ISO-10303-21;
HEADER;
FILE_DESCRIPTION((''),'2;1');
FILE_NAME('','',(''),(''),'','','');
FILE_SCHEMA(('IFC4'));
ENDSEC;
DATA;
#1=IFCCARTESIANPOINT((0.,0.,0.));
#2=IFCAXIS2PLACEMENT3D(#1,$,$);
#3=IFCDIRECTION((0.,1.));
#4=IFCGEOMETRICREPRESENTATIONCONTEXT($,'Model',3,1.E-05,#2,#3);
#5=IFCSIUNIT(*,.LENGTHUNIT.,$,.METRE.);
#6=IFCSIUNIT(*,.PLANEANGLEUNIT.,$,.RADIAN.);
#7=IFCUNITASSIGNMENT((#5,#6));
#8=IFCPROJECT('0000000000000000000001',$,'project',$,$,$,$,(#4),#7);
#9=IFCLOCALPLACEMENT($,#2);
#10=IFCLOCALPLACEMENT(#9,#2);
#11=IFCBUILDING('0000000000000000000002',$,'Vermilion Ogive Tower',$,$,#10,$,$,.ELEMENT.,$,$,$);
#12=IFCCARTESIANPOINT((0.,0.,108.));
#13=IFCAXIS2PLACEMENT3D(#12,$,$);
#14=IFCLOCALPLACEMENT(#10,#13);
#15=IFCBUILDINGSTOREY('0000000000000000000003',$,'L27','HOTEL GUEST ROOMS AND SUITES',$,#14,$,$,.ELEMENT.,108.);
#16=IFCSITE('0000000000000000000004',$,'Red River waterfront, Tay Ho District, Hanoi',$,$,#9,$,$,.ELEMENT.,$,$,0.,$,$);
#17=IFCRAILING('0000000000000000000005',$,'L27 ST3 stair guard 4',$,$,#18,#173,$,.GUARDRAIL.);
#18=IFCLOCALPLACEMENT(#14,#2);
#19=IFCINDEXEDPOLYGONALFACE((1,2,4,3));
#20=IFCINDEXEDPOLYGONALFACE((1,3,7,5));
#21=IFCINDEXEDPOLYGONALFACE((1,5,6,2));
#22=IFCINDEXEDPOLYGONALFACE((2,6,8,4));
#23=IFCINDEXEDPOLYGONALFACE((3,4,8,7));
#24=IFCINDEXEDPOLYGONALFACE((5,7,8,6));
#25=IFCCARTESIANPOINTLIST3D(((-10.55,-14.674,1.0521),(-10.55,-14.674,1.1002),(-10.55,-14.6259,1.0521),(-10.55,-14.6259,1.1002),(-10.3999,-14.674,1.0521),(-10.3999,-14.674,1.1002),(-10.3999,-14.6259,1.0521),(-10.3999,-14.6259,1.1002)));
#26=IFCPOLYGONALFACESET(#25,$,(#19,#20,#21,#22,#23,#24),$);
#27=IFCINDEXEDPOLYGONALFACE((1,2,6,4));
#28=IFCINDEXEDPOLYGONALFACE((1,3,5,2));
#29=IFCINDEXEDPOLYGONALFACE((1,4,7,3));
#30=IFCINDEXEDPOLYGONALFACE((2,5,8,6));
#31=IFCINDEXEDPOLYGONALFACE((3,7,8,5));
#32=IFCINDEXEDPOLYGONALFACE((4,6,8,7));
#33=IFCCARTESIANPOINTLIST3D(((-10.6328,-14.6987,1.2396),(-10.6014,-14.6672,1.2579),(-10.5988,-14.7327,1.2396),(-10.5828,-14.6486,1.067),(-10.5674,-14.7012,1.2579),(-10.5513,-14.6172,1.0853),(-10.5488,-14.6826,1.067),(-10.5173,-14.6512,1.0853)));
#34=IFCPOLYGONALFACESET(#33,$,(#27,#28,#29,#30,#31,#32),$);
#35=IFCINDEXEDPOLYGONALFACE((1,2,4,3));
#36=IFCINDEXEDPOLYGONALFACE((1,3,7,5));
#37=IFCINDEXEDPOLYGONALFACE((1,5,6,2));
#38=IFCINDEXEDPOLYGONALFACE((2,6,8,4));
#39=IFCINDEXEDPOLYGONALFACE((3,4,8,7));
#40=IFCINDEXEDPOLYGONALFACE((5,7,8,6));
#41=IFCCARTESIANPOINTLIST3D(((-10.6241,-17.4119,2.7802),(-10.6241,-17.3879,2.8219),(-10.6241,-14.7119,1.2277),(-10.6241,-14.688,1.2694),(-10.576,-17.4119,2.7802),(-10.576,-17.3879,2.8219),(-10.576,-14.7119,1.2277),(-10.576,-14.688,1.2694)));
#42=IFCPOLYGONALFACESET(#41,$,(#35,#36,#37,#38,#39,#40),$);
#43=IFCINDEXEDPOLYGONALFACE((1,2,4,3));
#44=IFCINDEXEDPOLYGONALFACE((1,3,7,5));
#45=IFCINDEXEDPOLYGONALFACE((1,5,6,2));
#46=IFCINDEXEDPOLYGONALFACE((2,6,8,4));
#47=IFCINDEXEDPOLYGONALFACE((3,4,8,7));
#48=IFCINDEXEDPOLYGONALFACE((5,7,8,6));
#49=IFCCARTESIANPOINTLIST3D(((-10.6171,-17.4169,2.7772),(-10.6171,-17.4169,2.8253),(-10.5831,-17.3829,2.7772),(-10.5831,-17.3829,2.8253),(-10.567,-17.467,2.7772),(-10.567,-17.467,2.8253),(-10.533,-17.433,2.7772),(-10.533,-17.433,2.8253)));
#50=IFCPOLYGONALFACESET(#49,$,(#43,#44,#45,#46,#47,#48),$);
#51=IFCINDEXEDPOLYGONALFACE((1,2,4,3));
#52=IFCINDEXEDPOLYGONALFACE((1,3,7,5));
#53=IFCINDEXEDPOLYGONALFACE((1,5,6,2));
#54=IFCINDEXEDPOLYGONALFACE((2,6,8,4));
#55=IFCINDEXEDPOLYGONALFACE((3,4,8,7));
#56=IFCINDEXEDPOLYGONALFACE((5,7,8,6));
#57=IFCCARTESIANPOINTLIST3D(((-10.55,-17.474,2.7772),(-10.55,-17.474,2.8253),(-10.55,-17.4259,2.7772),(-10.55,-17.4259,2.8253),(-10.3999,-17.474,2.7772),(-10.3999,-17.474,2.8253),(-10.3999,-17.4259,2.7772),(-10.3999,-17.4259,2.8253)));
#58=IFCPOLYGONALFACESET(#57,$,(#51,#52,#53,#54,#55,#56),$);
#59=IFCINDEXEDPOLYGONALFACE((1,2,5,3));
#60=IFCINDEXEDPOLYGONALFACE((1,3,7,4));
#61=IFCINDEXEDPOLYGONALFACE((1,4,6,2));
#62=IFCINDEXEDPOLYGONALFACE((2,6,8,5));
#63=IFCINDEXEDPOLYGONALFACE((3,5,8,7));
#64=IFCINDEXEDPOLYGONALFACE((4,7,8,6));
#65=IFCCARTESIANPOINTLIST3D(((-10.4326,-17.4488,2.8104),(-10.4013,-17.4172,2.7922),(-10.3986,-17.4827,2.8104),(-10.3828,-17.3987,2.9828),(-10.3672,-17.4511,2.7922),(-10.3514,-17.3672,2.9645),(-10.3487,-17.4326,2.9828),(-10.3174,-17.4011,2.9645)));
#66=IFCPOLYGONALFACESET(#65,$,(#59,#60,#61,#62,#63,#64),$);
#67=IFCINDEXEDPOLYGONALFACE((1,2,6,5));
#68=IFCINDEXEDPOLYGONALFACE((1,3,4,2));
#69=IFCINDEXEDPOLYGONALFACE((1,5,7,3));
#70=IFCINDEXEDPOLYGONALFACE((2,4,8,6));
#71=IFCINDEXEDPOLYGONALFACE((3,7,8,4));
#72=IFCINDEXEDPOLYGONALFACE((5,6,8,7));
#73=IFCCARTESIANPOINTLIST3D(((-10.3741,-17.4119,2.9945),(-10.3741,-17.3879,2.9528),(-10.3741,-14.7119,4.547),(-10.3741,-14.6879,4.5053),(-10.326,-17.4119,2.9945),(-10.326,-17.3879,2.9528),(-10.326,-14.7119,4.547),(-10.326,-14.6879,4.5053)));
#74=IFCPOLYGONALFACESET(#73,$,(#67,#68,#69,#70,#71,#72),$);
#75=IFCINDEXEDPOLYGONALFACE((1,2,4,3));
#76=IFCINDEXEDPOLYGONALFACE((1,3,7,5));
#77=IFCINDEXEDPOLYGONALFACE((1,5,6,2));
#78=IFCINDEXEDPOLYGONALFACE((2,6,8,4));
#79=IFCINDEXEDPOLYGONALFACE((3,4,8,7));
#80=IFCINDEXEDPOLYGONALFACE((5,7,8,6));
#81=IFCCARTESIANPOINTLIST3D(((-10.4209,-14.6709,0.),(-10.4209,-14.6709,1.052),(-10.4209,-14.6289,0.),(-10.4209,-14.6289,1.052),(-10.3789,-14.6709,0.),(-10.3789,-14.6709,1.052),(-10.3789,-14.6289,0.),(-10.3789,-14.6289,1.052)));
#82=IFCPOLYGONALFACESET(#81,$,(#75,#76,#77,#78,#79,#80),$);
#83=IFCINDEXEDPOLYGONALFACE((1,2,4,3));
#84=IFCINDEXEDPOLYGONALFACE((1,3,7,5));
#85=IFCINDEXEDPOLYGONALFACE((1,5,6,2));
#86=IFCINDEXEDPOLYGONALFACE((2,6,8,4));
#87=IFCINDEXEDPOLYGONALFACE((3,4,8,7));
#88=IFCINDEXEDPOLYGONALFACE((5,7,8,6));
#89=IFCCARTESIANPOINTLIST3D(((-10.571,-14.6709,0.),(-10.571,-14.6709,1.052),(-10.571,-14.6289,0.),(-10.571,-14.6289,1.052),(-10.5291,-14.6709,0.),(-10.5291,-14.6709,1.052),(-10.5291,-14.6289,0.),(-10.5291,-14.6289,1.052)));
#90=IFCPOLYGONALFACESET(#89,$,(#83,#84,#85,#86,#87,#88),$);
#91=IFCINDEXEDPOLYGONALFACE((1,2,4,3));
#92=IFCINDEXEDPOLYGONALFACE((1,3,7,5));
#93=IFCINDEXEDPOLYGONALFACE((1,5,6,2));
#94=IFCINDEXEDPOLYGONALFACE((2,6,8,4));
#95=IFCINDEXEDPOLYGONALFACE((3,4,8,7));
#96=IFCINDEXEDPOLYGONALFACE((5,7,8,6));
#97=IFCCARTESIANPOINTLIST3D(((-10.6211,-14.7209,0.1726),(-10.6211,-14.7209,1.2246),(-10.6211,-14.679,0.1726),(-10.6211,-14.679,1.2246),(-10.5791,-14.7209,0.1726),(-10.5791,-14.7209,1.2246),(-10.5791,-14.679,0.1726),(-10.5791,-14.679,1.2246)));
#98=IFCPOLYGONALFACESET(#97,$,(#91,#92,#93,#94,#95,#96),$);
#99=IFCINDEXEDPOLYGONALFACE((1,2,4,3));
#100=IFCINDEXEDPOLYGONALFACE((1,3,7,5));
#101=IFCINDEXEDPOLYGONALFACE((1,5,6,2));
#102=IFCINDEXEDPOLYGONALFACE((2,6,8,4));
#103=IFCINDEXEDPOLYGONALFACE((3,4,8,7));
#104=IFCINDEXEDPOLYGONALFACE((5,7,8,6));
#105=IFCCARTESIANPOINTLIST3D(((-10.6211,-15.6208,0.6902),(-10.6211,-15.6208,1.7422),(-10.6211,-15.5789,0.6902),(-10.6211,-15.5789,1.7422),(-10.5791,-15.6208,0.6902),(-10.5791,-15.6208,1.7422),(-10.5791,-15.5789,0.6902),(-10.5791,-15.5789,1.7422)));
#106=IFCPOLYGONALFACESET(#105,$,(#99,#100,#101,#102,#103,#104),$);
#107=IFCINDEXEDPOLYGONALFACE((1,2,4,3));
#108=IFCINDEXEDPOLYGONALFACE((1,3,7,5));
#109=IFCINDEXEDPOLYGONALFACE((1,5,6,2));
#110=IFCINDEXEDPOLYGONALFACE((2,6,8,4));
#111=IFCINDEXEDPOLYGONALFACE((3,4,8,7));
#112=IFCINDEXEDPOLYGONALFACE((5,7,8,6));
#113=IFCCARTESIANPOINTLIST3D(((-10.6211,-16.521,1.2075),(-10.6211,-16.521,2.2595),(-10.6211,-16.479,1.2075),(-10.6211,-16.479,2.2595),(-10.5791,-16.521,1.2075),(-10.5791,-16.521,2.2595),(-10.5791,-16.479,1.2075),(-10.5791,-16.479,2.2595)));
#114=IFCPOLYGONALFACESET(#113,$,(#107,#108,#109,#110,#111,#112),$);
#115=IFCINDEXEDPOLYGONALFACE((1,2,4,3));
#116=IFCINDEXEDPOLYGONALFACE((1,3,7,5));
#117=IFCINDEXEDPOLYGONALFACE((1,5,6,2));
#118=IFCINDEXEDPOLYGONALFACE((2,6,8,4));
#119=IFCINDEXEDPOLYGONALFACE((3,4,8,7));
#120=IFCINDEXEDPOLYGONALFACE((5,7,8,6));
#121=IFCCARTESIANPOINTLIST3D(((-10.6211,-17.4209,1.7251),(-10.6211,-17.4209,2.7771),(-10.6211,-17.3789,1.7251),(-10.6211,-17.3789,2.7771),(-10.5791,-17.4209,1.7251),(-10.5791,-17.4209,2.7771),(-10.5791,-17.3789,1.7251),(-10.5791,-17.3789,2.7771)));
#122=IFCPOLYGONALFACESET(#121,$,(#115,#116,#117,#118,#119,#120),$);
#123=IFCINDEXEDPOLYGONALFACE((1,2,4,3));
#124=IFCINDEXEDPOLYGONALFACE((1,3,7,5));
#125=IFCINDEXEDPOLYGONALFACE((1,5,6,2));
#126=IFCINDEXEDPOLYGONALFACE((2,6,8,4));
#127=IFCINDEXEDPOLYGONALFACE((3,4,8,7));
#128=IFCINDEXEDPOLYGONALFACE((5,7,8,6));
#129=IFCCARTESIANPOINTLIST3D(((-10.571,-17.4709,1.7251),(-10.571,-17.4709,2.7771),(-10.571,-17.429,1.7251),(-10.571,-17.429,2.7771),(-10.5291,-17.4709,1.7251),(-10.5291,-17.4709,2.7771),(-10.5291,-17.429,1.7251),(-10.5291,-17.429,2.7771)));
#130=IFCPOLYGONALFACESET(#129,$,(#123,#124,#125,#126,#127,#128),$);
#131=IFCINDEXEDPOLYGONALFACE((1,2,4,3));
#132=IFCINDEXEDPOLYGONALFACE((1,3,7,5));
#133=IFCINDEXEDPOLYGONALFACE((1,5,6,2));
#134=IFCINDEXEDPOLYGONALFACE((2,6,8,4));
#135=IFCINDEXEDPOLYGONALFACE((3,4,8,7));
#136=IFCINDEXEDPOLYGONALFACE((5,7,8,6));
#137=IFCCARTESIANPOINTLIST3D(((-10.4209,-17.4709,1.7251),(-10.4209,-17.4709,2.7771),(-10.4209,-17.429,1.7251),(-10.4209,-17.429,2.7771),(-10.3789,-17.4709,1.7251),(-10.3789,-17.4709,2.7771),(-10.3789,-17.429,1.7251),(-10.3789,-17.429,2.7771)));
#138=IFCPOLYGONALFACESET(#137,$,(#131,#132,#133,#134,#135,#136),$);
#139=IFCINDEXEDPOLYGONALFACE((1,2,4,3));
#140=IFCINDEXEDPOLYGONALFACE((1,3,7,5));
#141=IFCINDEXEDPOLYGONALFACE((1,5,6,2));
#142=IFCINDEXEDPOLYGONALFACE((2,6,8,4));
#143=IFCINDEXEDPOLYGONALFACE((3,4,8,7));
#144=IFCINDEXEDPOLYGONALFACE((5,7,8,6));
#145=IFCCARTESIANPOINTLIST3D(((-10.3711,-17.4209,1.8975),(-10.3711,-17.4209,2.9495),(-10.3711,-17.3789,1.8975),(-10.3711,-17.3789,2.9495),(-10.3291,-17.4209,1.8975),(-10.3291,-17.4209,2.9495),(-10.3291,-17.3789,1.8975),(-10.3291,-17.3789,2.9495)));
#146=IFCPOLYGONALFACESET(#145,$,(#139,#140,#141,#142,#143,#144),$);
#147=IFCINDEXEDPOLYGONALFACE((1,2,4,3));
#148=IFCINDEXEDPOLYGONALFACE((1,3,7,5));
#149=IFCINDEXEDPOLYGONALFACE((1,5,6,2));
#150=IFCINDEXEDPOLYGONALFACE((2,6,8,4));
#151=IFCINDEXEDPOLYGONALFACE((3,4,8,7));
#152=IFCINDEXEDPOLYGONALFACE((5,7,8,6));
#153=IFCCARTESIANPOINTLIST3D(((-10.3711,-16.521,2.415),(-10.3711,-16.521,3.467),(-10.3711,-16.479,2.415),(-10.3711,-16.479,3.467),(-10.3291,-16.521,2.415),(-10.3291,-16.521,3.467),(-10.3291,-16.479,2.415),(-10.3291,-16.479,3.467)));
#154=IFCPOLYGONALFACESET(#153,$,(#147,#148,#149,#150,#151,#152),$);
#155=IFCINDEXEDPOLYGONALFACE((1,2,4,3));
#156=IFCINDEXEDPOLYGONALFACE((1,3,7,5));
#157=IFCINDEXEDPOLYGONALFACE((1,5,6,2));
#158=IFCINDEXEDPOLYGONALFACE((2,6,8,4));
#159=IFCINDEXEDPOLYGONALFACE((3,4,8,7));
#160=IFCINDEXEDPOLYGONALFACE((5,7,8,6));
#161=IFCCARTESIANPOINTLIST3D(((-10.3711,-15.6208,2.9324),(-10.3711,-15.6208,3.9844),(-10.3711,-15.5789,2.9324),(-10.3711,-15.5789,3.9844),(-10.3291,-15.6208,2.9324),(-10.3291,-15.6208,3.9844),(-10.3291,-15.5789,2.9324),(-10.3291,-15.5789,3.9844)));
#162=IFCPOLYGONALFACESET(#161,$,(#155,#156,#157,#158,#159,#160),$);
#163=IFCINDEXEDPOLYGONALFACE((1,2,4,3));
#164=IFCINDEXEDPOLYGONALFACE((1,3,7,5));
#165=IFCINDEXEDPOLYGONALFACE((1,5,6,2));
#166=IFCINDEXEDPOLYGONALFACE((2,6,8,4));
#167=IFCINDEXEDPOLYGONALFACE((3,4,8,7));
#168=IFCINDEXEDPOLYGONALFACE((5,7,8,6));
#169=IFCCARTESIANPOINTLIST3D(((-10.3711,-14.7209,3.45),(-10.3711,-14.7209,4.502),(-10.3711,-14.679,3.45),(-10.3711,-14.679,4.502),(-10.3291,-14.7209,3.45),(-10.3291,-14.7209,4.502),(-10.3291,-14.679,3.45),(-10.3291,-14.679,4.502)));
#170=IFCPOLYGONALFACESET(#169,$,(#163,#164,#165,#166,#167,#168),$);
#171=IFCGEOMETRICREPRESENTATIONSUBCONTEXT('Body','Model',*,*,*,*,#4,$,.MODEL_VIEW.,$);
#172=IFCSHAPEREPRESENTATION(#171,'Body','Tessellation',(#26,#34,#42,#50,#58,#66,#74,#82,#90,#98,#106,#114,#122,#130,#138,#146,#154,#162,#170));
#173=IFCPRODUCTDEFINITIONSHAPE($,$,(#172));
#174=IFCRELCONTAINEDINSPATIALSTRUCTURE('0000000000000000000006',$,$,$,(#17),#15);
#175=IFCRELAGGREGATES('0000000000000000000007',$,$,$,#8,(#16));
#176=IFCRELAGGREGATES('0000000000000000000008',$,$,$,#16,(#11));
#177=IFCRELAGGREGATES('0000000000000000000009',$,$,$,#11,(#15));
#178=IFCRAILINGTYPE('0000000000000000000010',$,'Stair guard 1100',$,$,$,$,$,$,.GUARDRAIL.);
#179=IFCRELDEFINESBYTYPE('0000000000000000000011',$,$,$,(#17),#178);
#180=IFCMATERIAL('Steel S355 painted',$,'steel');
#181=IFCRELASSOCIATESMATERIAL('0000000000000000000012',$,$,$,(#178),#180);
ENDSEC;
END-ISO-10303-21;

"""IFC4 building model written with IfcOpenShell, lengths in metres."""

from ifc_helpers import new_model, si_unit, direction, frame, origin, origin_2d, place, context, subcontext, project, spatial, rectangle, extrude, material, type_object, element, save


model = new_model("IFC4")

# Units and contexts
model_context = context("Model", 3, precision=1e-05, world=origin(), true_north=direction((0.0, 1.0)))
body_context = subcontext(model_context, "Body", "Model", "MODEL_VIEW")
ifc_project = project(units=[si_unit("LENGTHUNIT", "METRE"), si_unit("PLANEANGLEUNIT", "RADIAN")], contexts=[model_context])

# Site, building, storey
site_placement = place(None, origin())
site = spatial("IfcSite", under=ifc_project, at=site_placement, Name="Red River waterfront, Tay Ho District, Hanoi", CompositionType="ELEMENT", RefElevation=0.0)
building_placement = place(site_placement, origin())
building = spatial("IfcBuilding", under=site, at=building_placement, Name="Vermilion Ogive Tower", CompositionType="ELEMENT")
storey_placement = place(building_placement, frame((0.0, 0.0, 108.0)))
storey = spatial("IfcBuildingStorey", under=building, at=storey_placement, Name="L27", Description="HOTEL GUEST ROOMS AND SUITES", CompositionType="ELEMENT", Elevation=108.0)

# Railing
ifc_material_1 = material(Name="Steel S355 painted", Category="steel")
railing_type = type_object("IfcRailingType", Name="Stair guard 1100", PredefinedType="GUARDRAIL", material=ifc_material_1)
railing_placement = place(storey_placement, frame((-10.3999, -14.6499, 0.0)))
element("IfcRailing", 1, at=railing_placement, inside=storey, type_object=railing_type, Name="L27 ST3 stair guard 4", PredefinedType="GUARDRAIL", context=body_context, shape_type="SweptSolid", body=[
    extrude(rectangle(XDim=0.0481, YDim=0.0481, at=origin_2d()), frame((0.0, 0.0, 1.0762), z_axis=(-1.0, 0.0, 0.0), x_axis=(0.0, -1.0, 0.0)), (0.0, 0.0, 1.0), 0.1501),
    extrude(rectangle(XDim=0.0481, YDim=0.0481, at=origin_2d()), frame((-0.1501, 0.0, 1.0762), z_axis=(-0.268278, -0.268278, 0.925232), x_axis=(0.707107, -0.707107, 0.0)), (0.0, 0.0, 1.0), 0.1865),
    extrude(rectangle(XDim=0.0481, YDim=0.0481, at=origin_2d()), frame((-0.2002, -0.05, 1.2485), z_axis=(0.0, -0.866904, 0.498476), x_axis=(1.0, 0.0, 0.0)), (0.0, 0.0, 1.0), 3.1145),
    extrude(rectangle(XDim=0.0481, YDim=0.0481, at=origin_2d()), frame((-0.2002, -2.75, 2.8013), z_axis=(0.707107, -0.707107, 0.0), x_axis=(0.707107, 0.707107, 0.0)), (0.0, 0.0, 1.0), 0.0708),
    extrude(rectangle(XDim=0.0481, YDim=0.0481, at=origin_2d()), frame((-0.1501, -2.8, 2.8013), z_axis=(1.0, 0.0, 0.0), x_axis=(0.0, 1.0, 0.0)), (0.0, 0.0, 1.0), 0.1501),
    extrude(rectangle(XDim=0.0481, YDim=0.0481, at=origin_2d()), frame((0.0, -2.8, 2.8013), z_axis=(0.267387, 0.268698, 0.925368), x_axis=(-0.708834, 0.705376, 0.0)), (0.0, 0.0, 1.0), 0.1863),
    extrude(rectangle(XDim=0.0481, YDim=0.0481, at=origin_2d()), frame((0.0498, -2.75, 2.9736), z_axis=(0.0, 0.866904, 0.498476), x_axis=(-1.0, 0.0, 0.0)), (0.0, 0.0, 1.0), 3.1145),
    extrude(rectangle(XDim=0.042, YDim=0.042, at=origin_2d()), origin(), (0.0, 0.0, 1.0), 1.052),
    extrude(rectangle(XDim=0.042, YDim=0.042, at=origin_2d()), frame((-0.1501, 0.0, 0.0)), (0.0, 0.0, 1.0), 1.052),
    extrude(rectangle(XDim=0.042, YDim=0.042, at=origin_2d()), frame((-0.2002, -0.05, 0.1726)), (0.0, 0.0, 1.0), 1.052),
    extrude(rectangle(XDim=0.042, YDim=0.042, at=origin_2d()), frame((-0.2002, -0.95, 0.6902)), (0.0, 0.0, 1.0), 1.052),
    extrude(rectangle(XDim=0.042, YDim=0.042, at=origin_2d()), frame((-0.2002, -1.8501, 1.2075)), (0.0, 0.0, 1.0), 1.052),
    extrude(rectangle(XDim=0.042, YDim=0.042, at=origin_2d()), frame((-0.2002, -2.75, 1.7251)), (0.0, 0.0, 1.0), 1.052),
    extrude(rectangle(XDim=0.042, YDim=0.042, at=origin_2d()), frame((-0.1501, -2.8, 1.7251)), (0.0, 0.0, 1.0), 1.052),
    extrude(rectangle(XDim=0.042, YDim=0.042, at=origin_2d()), frame((0.0, -2.8, 1.7251)), (0.0, 0.0, 1.0), 1.052),
    extrude(rectangle(XDim=0.042, YDim=0.042, at=origin_2d()), frame((0.0498, -2.75, 1.8975)), (0.0, 0.0, 1.0), 1.052),
    extrude(rectangle(XDim=0.042, YDim=0.042, at=origin_2d()), frame((0.0498, -1.8501, 2.415)), (0.0, 0.0, 1.0), 1.052),
    extrude(rectangle(XDim=0.042, YDim=0.042, at=origin_2d()), frame((0.0498, -0.95, 2.9324)), (0.0, 0.0, 1.0), 1.052),
    extrude(rectangle(XDim=0.042, YDim=0.042, at=origin_2d()), frame((0.0498, -0.05, 3.45)), (0.0, 0.0, 1.0), 1.052),
])

save(model, "model.ifc")
